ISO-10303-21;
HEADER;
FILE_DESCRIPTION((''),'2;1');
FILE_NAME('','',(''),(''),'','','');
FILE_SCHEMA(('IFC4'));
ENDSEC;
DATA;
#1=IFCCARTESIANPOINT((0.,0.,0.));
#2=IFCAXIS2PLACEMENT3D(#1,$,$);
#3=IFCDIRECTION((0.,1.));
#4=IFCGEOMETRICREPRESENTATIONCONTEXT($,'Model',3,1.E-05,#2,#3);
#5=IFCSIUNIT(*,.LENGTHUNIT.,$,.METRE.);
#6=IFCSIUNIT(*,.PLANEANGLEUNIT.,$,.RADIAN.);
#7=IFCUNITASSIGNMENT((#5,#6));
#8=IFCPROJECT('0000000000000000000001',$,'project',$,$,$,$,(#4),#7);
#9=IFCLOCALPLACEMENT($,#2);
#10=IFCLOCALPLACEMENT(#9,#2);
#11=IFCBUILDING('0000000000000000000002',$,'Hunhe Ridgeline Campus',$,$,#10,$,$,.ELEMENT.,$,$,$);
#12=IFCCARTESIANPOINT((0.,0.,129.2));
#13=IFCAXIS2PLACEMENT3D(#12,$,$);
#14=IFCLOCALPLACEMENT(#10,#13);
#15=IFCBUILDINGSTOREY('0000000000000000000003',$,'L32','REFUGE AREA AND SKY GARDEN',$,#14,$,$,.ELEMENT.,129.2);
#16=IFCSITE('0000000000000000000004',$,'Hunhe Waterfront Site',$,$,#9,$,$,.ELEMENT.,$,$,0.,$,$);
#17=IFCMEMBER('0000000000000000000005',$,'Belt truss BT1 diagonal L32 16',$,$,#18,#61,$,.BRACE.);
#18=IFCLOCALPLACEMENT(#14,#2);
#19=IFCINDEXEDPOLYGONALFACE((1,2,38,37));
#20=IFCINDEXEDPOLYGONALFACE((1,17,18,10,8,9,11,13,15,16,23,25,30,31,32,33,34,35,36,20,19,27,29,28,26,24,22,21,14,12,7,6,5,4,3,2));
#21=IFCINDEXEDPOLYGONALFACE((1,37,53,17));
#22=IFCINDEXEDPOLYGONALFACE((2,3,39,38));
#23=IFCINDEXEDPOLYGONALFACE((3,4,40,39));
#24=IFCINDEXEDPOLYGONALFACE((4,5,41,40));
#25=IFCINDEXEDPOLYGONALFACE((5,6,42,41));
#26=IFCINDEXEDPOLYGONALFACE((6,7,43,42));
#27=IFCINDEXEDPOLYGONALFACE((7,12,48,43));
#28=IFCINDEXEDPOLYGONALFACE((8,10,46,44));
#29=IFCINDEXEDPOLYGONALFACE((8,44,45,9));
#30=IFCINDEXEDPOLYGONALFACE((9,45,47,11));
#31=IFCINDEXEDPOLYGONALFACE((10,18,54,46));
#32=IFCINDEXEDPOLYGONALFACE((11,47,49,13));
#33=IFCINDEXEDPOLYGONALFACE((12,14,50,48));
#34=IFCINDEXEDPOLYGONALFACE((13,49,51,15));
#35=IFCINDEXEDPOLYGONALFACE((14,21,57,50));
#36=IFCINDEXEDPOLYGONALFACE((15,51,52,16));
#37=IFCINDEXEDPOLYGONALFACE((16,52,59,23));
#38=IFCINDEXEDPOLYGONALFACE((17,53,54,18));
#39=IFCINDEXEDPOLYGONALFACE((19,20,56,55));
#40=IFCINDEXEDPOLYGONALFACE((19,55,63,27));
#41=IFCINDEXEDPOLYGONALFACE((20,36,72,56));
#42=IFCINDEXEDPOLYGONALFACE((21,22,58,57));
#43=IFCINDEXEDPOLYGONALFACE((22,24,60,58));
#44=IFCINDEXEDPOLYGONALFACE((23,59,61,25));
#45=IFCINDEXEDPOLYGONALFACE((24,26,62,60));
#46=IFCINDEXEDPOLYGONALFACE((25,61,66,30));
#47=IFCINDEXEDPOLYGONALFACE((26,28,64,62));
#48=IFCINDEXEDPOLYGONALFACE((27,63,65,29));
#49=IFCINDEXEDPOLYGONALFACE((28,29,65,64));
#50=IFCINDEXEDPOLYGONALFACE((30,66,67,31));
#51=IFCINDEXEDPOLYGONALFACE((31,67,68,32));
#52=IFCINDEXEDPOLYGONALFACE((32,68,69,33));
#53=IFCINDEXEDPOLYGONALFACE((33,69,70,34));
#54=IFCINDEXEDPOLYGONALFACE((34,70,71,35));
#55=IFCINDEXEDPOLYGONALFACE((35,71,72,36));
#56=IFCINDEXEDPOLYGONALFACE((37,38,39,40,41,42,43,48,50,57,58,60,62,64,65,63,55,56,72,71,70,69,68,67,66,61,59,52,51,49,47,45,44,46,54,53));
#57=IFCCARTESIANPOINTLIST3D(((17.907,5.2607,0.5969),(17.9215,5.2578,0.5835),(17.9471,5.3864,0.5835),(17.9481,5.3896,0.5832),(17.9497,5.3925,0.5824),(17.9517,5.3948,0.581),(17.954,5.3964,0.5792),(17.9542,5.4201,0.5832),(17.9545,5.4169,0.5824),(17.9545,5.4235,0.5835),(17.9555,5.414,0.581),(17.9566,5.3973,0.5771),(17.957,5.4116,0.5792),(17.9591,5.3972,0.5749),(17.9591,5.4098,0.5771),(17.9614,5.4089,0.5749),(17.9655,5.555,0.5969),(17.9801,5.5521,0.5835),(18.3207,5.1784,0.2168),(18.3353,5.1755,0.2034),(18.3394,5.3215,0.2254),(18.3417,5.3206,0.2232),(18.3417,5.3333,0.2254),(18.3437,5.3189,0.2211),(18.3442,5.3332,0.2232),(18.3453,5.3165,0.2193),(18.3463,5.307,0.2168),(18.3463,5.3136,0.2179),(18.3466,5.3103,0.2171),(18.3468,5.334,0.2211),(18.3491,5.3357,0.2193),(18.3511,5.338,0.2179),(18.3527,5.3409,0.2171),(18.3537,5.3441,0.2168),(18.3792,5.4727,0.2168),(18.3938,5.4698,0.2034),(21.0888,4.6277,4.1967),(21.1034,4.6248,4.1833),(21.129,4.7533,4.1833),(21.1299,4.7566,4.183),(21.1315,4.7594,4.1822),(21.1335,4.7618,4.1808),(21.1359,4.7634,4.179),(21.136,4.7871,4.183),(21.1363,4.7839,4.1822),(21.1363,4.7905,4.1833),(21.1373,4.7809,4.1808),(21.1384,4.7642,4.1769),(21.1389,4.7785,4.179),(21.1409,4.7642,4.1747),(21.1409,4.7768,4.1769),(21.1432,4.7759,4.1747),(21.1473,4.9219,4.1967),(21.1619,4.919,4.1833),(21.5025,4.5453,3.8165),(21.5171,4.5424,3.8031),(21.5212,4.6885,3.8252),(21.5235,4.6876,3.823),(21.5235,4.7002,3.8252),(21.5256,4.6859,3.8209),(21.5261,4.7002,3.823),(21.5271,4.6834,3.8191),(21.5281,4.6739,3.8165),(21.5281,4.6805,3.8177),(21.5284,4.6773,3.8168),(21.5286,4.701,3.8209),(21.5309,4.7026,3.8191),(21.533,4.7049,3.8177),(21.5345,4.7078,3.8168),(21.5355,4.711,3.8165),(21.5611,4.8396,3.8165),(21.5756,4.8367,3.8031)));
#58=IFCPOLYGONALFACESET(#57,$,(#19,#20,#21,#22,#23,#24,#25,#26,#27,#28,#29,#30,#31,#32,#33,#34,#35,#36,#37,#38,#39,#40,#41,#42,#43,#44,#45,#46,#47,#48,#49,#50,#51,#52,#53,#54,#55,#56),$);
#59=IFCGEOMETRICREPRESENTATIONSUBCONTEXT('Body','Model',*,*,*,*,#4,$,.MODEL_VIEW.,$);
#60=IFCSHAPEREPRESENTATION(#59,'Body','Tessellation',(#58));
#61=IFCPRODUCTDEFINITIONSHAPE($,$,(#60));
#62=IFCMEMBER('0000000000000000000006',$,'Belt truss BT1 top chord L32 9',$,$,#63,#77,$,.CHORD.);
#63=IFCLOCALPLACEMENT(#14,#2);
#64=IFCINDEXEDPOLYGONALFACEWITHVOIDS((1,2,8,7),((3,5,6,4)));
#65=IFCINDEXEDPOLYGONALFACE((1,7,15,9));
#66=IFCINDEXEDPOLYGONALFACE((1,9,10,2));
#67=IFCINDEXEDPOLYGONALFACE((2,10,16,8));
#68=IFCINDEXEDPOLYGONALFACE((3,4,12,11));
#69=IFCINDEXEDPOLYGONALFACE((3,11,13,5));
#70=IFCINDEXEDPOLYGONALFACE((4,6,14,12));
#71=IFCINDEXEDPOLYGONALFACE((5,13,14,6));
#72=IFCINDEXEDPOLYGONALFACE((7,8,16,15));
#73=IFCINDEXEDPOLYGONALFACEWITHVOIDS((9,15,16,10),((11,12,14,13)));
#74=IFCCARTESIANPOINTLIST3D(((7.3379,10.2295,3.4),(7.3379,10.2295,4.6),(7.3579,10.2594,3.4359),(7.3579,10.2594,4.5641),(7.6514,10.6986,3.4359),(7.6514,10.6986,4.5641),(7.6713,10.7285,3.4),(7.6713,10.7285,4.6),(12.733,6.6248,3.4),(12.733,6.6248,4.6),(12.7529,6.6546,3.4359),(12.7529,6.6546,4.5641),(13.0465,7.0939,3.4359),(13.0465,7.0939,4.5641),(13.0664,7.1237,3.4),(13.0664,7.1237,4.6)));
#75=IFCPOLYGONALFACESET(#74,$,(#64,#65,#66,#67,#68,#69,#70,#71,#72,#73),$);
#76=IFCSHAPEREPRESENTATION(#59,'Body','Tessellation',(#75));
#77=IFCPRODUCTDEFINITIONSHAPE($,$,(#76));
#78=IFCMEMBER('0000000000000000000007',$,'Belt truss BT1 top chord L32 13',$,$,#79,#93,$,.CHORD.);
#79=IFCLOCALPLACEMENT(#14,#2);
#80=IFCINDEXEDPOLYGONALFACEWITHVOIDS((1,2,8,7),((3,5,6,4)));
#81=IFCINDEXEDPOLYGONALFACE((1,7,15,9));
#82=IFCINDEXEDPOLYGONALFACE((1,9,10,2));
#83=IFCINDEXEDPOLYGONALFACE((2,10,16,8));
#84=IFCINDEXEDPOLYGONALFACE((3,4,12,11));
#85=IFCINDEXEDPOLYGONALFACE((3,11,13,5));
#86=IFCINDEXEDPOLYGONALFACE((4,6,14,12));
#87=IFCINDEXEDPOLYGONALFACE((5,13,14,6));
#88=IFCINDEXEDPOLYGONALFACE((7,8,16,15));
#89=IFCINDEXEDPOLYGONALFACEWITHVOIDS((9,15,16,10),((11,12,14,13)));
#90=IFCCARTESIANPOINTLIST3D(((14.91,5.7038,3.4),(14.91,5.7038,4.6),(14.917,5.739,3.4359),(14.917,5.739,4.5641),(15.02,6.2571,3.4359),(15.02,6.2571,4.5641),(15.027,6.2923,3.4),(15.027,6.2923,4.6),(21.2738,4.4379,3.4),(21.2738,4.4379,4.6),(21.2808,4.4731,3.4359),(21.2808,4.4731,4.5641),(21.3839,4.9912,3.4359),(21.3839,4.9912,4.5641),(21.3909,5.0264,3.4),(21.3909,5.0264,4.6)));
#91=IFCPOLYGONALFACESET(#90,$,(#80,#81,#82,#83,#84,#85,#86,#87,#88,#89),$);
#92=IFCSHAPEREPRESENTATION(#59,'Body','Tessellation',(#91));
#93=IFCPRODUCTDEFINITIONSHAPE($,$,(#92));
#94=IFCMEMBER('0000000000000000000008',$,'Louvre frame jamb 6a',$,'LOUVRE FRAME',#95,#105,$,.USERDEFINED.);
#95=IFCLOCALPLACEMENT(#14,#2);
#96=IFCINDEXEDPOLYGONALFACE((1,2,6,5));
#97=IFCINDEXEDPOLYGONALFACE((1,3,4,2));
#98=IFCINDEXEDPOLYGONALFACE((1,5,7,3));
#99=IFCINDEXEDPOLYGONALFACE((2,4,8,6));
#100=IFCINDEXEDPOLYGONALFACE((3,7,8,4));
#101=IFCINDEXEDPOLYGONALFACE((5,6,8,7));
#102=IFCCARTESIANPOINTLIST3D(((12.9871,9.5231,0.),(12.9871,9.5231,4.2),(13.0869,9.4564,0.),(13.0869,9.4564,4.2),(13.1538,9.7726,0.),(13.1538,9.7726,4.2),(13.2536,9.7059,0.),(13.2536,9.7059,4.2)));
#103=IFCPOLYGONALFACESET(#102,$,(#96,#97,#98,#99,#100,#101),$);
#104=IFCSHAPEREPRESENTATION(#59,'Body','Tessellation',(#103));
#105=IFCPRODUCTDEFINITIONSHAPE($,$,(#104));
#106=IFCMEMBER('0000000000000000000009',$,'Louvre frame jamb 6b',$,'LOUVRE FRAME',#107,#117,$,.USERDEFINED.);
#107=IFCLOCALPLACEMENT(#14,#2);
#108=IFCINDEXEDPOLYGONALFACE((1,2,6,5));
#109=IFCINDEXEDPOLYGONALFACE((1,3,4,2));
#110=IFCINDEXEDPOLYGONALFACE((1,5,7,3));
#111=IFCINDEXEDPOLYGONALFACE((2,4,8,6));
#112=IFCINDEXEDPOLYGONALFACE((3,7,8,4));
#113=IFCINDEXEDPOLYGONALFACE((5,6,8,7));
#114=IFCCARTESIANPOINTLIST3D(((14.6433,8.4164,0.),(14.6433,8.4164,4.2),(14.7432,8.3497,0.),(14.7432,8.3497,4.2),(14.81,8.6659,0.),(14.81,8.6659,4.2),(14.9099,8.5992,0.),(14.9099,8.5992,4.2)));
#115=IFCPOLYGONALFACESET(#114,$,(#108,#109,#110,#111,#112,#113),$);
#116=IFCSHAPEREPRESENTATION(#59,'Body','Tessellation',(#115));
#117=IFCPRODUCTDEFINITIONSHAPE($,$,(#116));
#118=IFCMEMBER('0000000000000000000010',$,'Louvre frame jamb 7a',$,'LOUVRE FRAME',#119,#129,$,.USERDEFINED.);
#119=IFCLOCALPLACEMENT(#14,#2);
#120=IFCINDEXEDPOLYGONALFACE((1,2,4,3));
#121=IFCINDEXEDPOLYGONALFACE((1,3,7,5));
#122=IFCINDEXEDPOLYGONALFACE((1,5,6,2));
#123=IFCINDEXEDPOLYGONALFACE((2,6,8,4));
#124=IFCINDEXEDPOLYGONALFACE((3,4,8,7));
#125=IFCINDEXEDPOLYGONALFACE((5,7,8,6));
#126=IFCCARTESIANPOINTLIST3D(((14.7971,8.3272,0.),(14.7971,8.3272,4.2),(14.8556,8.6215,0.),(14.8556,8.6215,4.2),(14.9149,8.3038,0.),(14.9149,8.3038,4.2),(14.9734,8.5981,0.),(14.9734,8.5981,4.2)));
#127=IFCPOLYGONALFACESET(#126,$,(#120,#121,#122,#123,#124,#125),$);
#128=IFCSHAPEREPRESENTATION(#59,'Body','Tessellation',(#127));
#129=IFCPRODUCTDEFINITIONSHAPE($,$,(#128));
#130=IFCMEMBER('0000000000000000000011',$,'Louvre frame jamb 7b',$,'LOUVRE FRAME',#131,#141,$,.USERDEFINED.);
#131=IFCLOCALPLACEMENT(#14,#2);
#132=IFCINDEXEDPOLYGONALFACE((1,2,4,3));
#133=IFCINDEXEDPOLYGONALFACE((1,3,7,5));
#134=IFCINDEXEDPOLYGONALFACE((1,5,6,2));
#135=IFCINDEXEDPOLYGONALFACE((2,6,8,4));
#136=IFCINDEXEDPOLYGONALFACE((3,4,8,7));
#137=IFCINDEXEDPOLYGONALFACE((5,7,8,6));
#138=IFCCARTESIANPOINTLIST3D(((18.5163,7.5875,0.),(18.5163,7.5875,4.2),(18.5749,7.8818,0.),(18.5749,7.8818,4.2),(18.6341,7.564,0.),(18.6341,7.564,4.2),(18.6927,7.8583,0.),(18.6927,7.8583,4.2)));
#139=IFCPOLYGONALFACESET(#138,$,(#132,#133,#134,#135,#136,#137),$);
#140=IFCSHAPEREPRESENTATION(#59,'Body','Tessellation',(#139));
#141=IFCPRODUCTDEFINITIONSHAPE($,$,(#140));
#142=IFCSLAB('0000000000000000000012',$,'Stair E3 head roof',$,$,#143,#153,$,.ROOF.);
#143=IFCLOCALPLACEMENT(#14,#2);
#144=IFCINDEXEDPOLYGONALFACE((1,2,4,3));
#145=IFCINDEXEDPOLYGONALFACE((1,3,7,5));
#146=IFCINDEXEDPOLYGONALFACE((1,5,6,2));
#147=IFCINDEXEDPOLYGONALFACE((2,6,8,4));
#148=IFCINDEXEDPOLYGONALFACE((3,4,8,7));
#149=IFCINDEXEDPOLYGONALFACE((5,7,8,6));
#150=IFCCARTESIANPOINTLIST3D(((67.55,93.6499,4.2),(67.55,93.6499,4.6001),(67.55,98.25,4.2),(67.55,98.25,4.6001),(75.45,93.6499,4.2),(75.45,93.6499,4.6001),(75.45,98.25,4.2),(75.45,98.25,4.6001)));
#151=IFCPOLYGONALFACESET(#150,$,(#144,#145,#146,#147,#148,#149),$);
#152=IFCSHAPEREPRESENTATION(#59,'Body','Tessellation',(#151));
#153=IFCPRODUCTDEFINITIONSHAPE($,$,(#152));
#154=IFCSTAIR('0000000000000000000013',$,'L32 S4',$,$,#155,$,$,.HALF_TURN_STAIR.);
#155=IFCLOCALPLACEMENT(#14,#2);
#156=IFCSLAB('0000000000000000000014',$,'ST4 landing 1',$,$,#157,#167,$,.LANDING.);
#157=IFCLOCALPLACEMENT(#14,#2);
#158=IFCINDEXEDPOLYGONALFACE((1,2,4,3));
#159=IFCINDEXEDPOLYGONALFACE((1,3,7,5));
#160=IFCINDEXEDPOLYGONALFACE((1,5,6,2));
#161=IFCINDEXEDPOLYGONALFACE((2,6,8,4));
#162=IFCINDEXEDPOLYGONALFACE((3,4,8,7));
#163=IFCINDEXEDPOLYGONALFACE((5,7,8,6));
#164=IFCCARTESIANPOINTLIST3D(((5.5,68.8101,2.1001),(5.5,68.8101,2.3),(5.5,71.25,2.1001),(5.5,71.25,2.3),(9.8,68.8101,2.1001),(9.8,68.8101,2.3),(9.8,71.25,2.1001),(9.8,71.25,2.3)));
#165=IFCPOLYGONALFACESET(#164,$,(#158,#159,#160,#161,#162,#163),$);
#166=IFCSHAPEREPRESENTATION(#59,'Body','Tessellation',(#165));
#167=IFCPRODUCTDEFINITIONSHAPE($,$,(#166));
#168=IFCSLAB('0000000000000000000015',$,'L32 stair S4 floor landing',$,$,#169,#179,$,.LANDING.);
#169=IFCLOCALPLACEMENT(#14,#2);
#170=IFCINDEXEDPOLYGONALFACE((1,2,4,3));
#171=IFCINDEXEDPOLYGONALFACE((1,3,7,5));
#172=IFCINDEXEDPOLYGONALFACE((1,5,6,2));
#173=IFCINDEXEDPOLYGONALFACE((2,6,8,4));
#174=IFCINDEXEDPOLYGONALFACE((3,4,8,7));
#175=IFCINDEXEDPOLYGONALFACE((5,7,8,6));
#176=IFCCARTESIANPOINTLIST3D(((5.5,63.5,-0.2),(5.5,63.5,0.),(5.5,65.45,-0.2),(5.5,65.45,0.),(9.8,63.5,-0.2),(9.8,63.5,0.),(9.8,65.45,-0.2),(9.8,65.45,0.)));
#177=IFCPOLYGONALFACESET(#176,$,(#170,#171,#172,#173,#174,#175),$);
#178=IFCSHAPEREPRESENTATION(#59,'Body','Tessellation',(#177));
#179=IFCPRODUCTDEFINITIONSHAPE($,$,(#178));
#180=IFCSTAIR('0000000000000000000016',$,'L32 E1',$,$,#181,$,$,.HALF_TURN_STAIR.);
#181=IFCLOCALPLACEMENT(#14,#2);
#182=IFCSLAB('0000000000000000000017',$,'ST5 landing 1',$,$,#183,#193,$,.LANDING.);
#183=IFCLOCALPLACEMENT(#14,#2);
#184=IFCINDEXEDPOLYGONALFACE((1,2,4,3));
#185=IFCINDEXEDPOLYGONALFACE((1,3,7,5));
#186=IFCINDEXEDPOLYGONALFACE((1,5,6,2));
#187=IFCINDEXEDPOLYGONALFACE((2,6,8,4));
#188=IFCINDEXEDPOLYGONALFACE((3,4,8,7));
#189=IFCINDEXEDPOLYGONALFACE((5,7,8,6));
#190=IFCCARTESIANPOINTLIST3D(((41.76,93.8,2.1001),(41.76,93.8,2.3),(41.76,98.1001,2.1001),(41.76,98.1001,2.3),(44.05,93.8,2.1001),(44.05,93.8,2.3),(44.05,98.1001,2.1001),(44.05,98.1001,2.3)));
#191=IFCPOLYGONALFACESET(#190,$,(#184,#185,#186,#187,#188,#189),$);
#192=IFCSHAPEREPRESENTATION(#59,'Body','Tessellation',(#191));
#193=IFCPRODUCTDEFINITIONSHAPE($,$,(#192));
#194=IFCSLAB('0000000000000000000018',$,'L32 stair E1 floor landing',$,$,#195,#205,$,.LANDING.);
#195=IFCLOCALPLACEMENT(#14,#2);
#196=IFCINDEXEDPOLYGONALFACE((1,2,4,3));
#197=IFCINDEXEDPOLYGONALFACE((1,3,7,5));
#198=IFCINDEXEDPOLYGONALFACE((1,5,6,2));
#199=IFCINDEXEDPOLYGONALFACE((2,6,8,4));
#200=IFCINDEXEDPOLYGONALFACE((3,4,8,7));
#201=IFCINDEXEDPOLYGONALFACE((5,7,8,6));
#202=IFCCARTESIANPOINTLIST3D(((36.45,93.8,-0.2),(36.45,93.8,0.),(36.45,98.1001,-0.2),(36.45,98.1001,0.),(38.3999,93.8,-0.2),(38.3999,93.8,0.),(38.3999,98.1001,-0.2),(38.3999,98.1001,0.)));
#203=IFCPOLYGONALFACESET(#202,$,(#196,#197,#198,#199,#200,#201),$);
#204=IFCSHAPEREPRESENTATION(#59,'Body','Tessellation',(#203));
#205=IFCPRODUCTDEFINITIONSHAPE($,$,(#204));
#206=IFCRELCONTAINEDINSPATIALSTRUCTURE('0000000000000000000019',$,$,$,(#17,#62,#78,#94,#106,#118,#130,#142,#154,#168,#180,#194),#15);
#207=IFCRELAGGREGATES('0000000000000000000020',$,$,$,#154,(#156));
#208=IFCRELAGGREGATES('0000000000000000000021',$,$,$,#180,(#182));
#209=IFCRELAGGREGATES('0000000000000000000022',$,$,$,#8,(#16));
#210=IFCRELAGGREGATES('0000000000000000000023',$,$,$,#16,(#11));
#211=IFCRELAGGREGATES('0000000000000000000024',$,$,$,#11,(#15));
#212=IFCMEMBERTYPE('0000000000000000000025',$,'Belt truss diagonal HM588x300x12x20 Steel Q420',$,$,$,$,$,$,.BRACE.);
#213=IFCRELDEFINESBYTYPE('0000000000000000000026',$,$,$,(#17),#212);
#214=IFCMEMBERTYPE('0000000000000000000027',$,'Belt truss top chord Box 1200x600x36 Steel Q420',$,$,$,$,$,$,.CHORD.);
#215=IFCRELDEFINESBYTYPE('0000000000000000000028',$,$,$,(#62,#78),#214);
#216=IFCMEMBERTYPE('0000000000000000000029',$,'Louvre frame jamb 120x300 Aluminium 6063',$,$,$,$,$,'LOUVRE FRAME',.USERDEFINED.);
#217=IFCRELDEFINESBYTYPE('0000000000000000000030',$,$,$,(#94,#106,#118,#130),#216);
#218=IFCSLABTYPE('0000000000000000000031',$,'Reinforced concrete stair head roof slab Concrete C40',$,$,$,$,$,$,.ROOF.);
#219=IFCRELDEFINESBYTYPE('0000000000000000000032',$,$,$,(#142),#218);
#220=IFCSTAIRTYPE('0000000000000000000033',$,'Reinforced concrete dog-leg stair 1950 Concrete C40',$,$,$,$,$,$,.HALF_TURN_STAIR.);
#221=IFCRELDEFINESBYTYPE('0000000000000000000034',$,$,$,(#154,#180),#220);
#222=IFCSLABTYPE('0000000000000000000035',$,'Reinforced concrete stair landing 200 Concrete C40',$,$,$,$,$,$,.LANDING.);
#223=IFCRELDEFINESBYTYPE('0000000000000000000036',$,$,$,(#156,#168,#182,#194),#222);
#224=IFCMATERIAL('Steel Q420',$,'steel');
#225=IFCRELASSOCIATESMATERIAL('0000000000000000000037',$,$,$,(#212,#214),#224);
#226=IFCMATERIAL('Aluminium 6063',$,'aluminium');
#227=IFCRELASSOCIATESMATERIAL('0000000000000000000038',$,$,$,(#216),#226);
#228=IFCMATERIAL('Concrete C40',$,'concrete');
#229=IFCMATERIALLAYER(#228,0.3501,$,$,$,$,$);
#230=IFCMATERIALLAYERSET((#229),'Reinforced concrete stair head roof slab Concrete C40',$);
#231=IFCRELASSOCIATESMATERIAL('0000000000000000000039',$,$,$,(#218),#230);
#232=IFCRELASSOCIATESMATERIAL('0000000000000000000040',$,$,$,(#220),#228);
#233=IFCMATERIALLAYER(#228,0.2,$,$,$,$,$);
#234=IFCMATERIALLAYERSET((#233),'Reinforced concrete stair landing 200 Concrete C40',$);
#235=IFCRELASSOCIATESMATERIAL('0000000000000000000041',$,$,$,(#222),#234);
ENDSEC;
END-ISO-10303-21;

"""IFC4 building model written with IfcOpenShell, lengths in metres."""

from ifc_helpers import new_model, si_unit, direction, frame, origin, origin_2d, place, context, subcontext, project, spatial, polyline, rectangle, hollow_rectangle, i_section, outline, extrude, material, layer, layer_set, material_profile, profile_set, type_object, element, aggregate, save


model = new_model("IFC4")

# Units and contexts
model_context = context("Model", 3, precision=1e-05, world=origin(), true_north=direction((0.0, 1.0)))
body_context = subcontext(model_context, "Body", "Model", "MODEL_VIEW")
ifc_project = project(units=[si_unit("LENGTHUNIT", "METRE"), si_unit("PLANEANGLEUNIT", "RADIAN")], contexts=[model_context])

# Site, building, storey
site_placement = place(None, origin())
site = spatial("IfcSite", under=ifc_project, at=site_placement, Name="Hunhe Waterfront Site", CompositionType="ELEMENT", RefElevation=0.0)
building_placement = place(site_placement, origin())
building = spatial("IfcBuilding", under=site, at=building_placement, Name="Hunhe Ridgeline Campus", CompositionType="ELEMENT")
storey_placement = place(building_placement, frame((0.0, 0.0, 129.2)))
storey = spatial("IfcBuildingStorey", under=building, at=storey_placement, Name="L32", Description="REFUGE AREA AND SKY GARDEN", CompositionType="ELEMENT", Elevation=129.2)

# Members
ifc_material_1 = material(Name="Steel Q420", Category="steel")
ifc_material_profile_1 = material_profile(ifc_material_1, i_section(OverallWidth=0.3, OverallDepth=0.5879, WebThickness=0.012, FlangeThickness=0.02, FilletRadius=0.0129, at=origin_2d()))
ifc_profile_set_1 = profile_set([ifc_material_profile_1], Name="Steel Q420")
member_type_1 = type_object("IfcMemberType", Name="Belt truss diagonal HM588x300x12x20 Steel Q420", PredefinedType="BRACE", material=ifc_profile_set_1)
for number, where, z_axis, x_axis, name in (
    (1, (18.1504, 5.3652, 0.4001), (0.656595, -0.130634, 0.742844), (0.195132, 0.980777, 0.0), "Belt truss BT1 diagonal L32 16"),
):
    element("IfcMember", number, at=place(storey_placement, frame(where, z_axis=z_axis, x_axis=x_axis)), inside=storey, type_object=member_type_1, Name=name, PredefinedType="BRACE", context=body_context, shape_type="SweptSolid", body=[
        extrude(i_section(OverallWidth=0.3, OverallDepth=0.5879, WebThickness=0.012, FlangeThickness=0.02, FilletRadius=0.0129, at=origin_2d()), origin(), (0.0, 0.0, 1.0), 4.8459),
    ])
ifc_material_profile_2 = material_profile(ifc_material_1, hollow_rectangle(XDim=0.6001, YDim=1.2, WallThickness=0.0359, at=origin_2d()))
ifc_profile_set_2 = profile_set([ifc_material_profile_2], Name="Steel Q420")
member_type_2 = type_object("IfcMemberType", Name="Belt truss top chord Box 1200x600x36 Steel Q420", PredefinedType="CHORD", material=ifc_profile_set_2)
for number, where, z_axis, x_axis, name in (
    (2, (7.5046, 10.479, 4.0), (0.831477, -0.55556, 0.0), (0.55556, 0.831477, 0.0), "Belt truss BT1 top chord L32 9"),
    (3, (14.9685, 5.998, 4.0), (0.980784, -0.195096, 0.0), (0.195096, 0.980784, 0.0), "Belt truss BT1 top chord L32 13"),
):
    element("IfcMember", number, at=place(storey_placement, frame(where, z_axis=z_axis, x_axis=x_axis)), inside=storey, type_object=member_type_2, Name=name, PredefinedType="CHORD", context=body_context, shape_type="SweptSolid", body=[
        extrude(hollow_rectangle(XDim=0.6001, YDim=1.2, WallThickness=0.0359, at=origin_2d()), origin(), (0.0, 0.0, 1.0), 6.4885),
    ])
ifc_material_2 = material(Name="Aluminium 6063", Category="aluminium")
ifc_material_profile_3 = material_profile(ifc_material_2, rectangle(XDim=0.3, YDim=0.1201, at=origin_2d()))
ifc_profile_set_3 = profile_set([ifc_material_profile_3], Name="Aluminium 6063")
member_type_3 = type_object("IfcMemberType", Name="Louvre frame jamb 120x300 Aluminium 6063", ElementType="LOUVRE FRAME", PredefinedType="USERDEFINED", material=ifc_profile_set_3)
for number, where, z_axis, x_axis, name in (
    (4, (13.1204, 9.6145, 0.0), (0.0, 0.0, 1.0), (0.55557, 0.83147, 0.0), "Louvre frame jamb 6a"),
    (5, (14.7766, 8.5078, 0.0), (0.0, 0.0, 1.0), (0.55557, 0.83147, 0.0), "Louvre frame jamb 6b"),
    (6, (14.8853, 8.4626, 0.0), (0.0, 0.0, 1.0), (0.19509, 0.980785, 0.0), "Louvre frame jamb 7a"),
    (7, (18.6045, 7.7229, 0.0), (0.0, 0.0, 1.0), (0.19509, 0.980785, 0.0), "Louvre frame jamb 7b"),
):
    element("IfcMember", number, at=place(storey_placement, frame(where, z_axis=z_axis, x_axis=x_axis)), inside=storey, type_object=member_type_3, Name=name, ObjectType="LOUVRE FRAME", PredefinedType="USERDEFINED", context=body_context, shape_type="SweptSolid", body=[
        extrude(rectangle(XDim=0.3, YDim=0.1201, at=origin_2d()), origin(), (0.0, 0.0, 1.0), 4.2),
    ])

# Slab
ifc_material_3 = material(Name="Concrete C40", Category="concrete")
ifc_layer_1 = layer(ifc_material_3, 0.3501)
ifc_layer_set_1 = layer_set([ifc_layer_1], Name="Reinforced concrete stair head roof slab Concrete C40")
slab_type_1 = type_object("IfcSlabType", Name="Reinforced concrete stair head roof slab Concrete C40", PredefinedType="ROOF", material=ifc_layer_set_1)
slab_1_placement = place(storey_placement, frame((0.0, 0.0, 4.2)))
element("IfcSlab", 8, at=slab_1_placement, inside=storey, type_object=slab_type_1, Name="Stair E3 head roof", PredefinedType="ROOF", context=body_context, shape_type="SweptSolid", body=[
    extrude(outline(polyline([(67.55, 98.25), (75.45, 98.25), (75.45, 93.6499), (67.55, 93.6499), (67.55, 98.25)])), origin(), (0.0, 0.0, 1.0), 0.4001),
])

# Stair, slab
stair_type = type_object("IfcStairType", Name="Reinforced concrete dog-leg stair 1950 Concrete C40", PredefinedType="HALF_TURN_STAIR", material=ifc_material_3)
stair_1_placement = place(storey_placement, origin())
stair_1 = element("IfcStair", 9, at=stair_1_placement, inside=storey, type_object=stair_type, Name="L32 S4", PredefinedType="HALF_TURN_STAIR")
ifc_layer_2 = layer(ifc_material_3, 0.2)
ifc_layer_set_2 = layer_set([ifc_layer_2], Name="Reinforced concrete stair landing 200 Concrete C40")
slab_type_2 = type_object("IfcSlabType", Name="Reinforced concrete stair landing 200 Concrete C40", PredefinedType="LANDING", material=ifc_layer_set_2)
slab_2_placement = place(storey_placement, frame((0.0, 0.0, 2.1001)))
slab_2 = element("IfcSlab", 10, at=slab_2_placement, type_object=slab_type_2, Name="ST4 landing 1", PredefinedType="LANDING", context=body_context, shape_type="SweptSolid", body=[
    extrude(outline(polyline([(9.8, 68.8101), (9.8, 71.25), (5.5, 71.25), (5.5, 68.8101), (9.8, 68.8101)])), origin(), (0.0, 0.0, 1.0), 0.2),
])
aggregate(stair_1, [slab_2])

# Slab
slab_3_placement = place(storey_placement, frame((0.0, 0.0, -0.2)))
element("IfcSlab", 11, at=slab_3_placement, inside=storey, type_object=slab_type_2, Name="L32 stair S4 floor landing", PredefinedType="LANDING", context=body_context, shape_type="SweptSolid", body=[
    extrude(outline(polyline([(9.8, 63.5), (9.8, 65.45), (5.5, 65.45), (5.5, 63.5), (9.8, 63.5)])), origin(), (0.0, 0.0, 1.0), 0.2),
])

# Stair, slab
stair_2_placement = place(storey_placement, origin())
stair_2 = element("IfcStair", 12, at=stair_2_placement, inside=storey, type_object=stair_type, Name="L32 E1", PredefinedType="HALF_TURN_STAIR")
slab_4_placement = place(storey_placement, frame((0.0, 0.0, 2.1001)))
slab_4 = element("IfcSlab", 13, at=slab_4_placement, type_object=slab_type_2, Name="ST5 landing 1", PredefinedType="LANDING", context=body_context, shape_type="SweptSolid", body=[
    extrude(outline(polyline([(41.76, 93.8), (44.05, 93.8), (44.05, 98.1001), (41.76, 98.1001), (41.76, 93.8)])), origin(), (0.0, 0.0, 1.0), 0.2),
])
aggregate(stair_2, [slab_4])

# Slab
slab_5_placement = place(storey_placement, frame((0.0, 0.0, -0.2)))
element("IfcSlab", 14, at=slab_5_placement, inside=storey, type_object=slab_type_2, Name="L32 stair E1 floor landing", PredefinedType="LANDING", context=body_context, shape_type="SweptSolid", body=[
    extrude(outline(polyline([(36.45, 93.8), (38.3999, 93.8), (38.3999, 98.1001), (36.45, 98.1001), (36.45, 93.8)])), origin(), (0.0, 0.0, 1.0), 0.2),
])

save(model, "model.ifc")
